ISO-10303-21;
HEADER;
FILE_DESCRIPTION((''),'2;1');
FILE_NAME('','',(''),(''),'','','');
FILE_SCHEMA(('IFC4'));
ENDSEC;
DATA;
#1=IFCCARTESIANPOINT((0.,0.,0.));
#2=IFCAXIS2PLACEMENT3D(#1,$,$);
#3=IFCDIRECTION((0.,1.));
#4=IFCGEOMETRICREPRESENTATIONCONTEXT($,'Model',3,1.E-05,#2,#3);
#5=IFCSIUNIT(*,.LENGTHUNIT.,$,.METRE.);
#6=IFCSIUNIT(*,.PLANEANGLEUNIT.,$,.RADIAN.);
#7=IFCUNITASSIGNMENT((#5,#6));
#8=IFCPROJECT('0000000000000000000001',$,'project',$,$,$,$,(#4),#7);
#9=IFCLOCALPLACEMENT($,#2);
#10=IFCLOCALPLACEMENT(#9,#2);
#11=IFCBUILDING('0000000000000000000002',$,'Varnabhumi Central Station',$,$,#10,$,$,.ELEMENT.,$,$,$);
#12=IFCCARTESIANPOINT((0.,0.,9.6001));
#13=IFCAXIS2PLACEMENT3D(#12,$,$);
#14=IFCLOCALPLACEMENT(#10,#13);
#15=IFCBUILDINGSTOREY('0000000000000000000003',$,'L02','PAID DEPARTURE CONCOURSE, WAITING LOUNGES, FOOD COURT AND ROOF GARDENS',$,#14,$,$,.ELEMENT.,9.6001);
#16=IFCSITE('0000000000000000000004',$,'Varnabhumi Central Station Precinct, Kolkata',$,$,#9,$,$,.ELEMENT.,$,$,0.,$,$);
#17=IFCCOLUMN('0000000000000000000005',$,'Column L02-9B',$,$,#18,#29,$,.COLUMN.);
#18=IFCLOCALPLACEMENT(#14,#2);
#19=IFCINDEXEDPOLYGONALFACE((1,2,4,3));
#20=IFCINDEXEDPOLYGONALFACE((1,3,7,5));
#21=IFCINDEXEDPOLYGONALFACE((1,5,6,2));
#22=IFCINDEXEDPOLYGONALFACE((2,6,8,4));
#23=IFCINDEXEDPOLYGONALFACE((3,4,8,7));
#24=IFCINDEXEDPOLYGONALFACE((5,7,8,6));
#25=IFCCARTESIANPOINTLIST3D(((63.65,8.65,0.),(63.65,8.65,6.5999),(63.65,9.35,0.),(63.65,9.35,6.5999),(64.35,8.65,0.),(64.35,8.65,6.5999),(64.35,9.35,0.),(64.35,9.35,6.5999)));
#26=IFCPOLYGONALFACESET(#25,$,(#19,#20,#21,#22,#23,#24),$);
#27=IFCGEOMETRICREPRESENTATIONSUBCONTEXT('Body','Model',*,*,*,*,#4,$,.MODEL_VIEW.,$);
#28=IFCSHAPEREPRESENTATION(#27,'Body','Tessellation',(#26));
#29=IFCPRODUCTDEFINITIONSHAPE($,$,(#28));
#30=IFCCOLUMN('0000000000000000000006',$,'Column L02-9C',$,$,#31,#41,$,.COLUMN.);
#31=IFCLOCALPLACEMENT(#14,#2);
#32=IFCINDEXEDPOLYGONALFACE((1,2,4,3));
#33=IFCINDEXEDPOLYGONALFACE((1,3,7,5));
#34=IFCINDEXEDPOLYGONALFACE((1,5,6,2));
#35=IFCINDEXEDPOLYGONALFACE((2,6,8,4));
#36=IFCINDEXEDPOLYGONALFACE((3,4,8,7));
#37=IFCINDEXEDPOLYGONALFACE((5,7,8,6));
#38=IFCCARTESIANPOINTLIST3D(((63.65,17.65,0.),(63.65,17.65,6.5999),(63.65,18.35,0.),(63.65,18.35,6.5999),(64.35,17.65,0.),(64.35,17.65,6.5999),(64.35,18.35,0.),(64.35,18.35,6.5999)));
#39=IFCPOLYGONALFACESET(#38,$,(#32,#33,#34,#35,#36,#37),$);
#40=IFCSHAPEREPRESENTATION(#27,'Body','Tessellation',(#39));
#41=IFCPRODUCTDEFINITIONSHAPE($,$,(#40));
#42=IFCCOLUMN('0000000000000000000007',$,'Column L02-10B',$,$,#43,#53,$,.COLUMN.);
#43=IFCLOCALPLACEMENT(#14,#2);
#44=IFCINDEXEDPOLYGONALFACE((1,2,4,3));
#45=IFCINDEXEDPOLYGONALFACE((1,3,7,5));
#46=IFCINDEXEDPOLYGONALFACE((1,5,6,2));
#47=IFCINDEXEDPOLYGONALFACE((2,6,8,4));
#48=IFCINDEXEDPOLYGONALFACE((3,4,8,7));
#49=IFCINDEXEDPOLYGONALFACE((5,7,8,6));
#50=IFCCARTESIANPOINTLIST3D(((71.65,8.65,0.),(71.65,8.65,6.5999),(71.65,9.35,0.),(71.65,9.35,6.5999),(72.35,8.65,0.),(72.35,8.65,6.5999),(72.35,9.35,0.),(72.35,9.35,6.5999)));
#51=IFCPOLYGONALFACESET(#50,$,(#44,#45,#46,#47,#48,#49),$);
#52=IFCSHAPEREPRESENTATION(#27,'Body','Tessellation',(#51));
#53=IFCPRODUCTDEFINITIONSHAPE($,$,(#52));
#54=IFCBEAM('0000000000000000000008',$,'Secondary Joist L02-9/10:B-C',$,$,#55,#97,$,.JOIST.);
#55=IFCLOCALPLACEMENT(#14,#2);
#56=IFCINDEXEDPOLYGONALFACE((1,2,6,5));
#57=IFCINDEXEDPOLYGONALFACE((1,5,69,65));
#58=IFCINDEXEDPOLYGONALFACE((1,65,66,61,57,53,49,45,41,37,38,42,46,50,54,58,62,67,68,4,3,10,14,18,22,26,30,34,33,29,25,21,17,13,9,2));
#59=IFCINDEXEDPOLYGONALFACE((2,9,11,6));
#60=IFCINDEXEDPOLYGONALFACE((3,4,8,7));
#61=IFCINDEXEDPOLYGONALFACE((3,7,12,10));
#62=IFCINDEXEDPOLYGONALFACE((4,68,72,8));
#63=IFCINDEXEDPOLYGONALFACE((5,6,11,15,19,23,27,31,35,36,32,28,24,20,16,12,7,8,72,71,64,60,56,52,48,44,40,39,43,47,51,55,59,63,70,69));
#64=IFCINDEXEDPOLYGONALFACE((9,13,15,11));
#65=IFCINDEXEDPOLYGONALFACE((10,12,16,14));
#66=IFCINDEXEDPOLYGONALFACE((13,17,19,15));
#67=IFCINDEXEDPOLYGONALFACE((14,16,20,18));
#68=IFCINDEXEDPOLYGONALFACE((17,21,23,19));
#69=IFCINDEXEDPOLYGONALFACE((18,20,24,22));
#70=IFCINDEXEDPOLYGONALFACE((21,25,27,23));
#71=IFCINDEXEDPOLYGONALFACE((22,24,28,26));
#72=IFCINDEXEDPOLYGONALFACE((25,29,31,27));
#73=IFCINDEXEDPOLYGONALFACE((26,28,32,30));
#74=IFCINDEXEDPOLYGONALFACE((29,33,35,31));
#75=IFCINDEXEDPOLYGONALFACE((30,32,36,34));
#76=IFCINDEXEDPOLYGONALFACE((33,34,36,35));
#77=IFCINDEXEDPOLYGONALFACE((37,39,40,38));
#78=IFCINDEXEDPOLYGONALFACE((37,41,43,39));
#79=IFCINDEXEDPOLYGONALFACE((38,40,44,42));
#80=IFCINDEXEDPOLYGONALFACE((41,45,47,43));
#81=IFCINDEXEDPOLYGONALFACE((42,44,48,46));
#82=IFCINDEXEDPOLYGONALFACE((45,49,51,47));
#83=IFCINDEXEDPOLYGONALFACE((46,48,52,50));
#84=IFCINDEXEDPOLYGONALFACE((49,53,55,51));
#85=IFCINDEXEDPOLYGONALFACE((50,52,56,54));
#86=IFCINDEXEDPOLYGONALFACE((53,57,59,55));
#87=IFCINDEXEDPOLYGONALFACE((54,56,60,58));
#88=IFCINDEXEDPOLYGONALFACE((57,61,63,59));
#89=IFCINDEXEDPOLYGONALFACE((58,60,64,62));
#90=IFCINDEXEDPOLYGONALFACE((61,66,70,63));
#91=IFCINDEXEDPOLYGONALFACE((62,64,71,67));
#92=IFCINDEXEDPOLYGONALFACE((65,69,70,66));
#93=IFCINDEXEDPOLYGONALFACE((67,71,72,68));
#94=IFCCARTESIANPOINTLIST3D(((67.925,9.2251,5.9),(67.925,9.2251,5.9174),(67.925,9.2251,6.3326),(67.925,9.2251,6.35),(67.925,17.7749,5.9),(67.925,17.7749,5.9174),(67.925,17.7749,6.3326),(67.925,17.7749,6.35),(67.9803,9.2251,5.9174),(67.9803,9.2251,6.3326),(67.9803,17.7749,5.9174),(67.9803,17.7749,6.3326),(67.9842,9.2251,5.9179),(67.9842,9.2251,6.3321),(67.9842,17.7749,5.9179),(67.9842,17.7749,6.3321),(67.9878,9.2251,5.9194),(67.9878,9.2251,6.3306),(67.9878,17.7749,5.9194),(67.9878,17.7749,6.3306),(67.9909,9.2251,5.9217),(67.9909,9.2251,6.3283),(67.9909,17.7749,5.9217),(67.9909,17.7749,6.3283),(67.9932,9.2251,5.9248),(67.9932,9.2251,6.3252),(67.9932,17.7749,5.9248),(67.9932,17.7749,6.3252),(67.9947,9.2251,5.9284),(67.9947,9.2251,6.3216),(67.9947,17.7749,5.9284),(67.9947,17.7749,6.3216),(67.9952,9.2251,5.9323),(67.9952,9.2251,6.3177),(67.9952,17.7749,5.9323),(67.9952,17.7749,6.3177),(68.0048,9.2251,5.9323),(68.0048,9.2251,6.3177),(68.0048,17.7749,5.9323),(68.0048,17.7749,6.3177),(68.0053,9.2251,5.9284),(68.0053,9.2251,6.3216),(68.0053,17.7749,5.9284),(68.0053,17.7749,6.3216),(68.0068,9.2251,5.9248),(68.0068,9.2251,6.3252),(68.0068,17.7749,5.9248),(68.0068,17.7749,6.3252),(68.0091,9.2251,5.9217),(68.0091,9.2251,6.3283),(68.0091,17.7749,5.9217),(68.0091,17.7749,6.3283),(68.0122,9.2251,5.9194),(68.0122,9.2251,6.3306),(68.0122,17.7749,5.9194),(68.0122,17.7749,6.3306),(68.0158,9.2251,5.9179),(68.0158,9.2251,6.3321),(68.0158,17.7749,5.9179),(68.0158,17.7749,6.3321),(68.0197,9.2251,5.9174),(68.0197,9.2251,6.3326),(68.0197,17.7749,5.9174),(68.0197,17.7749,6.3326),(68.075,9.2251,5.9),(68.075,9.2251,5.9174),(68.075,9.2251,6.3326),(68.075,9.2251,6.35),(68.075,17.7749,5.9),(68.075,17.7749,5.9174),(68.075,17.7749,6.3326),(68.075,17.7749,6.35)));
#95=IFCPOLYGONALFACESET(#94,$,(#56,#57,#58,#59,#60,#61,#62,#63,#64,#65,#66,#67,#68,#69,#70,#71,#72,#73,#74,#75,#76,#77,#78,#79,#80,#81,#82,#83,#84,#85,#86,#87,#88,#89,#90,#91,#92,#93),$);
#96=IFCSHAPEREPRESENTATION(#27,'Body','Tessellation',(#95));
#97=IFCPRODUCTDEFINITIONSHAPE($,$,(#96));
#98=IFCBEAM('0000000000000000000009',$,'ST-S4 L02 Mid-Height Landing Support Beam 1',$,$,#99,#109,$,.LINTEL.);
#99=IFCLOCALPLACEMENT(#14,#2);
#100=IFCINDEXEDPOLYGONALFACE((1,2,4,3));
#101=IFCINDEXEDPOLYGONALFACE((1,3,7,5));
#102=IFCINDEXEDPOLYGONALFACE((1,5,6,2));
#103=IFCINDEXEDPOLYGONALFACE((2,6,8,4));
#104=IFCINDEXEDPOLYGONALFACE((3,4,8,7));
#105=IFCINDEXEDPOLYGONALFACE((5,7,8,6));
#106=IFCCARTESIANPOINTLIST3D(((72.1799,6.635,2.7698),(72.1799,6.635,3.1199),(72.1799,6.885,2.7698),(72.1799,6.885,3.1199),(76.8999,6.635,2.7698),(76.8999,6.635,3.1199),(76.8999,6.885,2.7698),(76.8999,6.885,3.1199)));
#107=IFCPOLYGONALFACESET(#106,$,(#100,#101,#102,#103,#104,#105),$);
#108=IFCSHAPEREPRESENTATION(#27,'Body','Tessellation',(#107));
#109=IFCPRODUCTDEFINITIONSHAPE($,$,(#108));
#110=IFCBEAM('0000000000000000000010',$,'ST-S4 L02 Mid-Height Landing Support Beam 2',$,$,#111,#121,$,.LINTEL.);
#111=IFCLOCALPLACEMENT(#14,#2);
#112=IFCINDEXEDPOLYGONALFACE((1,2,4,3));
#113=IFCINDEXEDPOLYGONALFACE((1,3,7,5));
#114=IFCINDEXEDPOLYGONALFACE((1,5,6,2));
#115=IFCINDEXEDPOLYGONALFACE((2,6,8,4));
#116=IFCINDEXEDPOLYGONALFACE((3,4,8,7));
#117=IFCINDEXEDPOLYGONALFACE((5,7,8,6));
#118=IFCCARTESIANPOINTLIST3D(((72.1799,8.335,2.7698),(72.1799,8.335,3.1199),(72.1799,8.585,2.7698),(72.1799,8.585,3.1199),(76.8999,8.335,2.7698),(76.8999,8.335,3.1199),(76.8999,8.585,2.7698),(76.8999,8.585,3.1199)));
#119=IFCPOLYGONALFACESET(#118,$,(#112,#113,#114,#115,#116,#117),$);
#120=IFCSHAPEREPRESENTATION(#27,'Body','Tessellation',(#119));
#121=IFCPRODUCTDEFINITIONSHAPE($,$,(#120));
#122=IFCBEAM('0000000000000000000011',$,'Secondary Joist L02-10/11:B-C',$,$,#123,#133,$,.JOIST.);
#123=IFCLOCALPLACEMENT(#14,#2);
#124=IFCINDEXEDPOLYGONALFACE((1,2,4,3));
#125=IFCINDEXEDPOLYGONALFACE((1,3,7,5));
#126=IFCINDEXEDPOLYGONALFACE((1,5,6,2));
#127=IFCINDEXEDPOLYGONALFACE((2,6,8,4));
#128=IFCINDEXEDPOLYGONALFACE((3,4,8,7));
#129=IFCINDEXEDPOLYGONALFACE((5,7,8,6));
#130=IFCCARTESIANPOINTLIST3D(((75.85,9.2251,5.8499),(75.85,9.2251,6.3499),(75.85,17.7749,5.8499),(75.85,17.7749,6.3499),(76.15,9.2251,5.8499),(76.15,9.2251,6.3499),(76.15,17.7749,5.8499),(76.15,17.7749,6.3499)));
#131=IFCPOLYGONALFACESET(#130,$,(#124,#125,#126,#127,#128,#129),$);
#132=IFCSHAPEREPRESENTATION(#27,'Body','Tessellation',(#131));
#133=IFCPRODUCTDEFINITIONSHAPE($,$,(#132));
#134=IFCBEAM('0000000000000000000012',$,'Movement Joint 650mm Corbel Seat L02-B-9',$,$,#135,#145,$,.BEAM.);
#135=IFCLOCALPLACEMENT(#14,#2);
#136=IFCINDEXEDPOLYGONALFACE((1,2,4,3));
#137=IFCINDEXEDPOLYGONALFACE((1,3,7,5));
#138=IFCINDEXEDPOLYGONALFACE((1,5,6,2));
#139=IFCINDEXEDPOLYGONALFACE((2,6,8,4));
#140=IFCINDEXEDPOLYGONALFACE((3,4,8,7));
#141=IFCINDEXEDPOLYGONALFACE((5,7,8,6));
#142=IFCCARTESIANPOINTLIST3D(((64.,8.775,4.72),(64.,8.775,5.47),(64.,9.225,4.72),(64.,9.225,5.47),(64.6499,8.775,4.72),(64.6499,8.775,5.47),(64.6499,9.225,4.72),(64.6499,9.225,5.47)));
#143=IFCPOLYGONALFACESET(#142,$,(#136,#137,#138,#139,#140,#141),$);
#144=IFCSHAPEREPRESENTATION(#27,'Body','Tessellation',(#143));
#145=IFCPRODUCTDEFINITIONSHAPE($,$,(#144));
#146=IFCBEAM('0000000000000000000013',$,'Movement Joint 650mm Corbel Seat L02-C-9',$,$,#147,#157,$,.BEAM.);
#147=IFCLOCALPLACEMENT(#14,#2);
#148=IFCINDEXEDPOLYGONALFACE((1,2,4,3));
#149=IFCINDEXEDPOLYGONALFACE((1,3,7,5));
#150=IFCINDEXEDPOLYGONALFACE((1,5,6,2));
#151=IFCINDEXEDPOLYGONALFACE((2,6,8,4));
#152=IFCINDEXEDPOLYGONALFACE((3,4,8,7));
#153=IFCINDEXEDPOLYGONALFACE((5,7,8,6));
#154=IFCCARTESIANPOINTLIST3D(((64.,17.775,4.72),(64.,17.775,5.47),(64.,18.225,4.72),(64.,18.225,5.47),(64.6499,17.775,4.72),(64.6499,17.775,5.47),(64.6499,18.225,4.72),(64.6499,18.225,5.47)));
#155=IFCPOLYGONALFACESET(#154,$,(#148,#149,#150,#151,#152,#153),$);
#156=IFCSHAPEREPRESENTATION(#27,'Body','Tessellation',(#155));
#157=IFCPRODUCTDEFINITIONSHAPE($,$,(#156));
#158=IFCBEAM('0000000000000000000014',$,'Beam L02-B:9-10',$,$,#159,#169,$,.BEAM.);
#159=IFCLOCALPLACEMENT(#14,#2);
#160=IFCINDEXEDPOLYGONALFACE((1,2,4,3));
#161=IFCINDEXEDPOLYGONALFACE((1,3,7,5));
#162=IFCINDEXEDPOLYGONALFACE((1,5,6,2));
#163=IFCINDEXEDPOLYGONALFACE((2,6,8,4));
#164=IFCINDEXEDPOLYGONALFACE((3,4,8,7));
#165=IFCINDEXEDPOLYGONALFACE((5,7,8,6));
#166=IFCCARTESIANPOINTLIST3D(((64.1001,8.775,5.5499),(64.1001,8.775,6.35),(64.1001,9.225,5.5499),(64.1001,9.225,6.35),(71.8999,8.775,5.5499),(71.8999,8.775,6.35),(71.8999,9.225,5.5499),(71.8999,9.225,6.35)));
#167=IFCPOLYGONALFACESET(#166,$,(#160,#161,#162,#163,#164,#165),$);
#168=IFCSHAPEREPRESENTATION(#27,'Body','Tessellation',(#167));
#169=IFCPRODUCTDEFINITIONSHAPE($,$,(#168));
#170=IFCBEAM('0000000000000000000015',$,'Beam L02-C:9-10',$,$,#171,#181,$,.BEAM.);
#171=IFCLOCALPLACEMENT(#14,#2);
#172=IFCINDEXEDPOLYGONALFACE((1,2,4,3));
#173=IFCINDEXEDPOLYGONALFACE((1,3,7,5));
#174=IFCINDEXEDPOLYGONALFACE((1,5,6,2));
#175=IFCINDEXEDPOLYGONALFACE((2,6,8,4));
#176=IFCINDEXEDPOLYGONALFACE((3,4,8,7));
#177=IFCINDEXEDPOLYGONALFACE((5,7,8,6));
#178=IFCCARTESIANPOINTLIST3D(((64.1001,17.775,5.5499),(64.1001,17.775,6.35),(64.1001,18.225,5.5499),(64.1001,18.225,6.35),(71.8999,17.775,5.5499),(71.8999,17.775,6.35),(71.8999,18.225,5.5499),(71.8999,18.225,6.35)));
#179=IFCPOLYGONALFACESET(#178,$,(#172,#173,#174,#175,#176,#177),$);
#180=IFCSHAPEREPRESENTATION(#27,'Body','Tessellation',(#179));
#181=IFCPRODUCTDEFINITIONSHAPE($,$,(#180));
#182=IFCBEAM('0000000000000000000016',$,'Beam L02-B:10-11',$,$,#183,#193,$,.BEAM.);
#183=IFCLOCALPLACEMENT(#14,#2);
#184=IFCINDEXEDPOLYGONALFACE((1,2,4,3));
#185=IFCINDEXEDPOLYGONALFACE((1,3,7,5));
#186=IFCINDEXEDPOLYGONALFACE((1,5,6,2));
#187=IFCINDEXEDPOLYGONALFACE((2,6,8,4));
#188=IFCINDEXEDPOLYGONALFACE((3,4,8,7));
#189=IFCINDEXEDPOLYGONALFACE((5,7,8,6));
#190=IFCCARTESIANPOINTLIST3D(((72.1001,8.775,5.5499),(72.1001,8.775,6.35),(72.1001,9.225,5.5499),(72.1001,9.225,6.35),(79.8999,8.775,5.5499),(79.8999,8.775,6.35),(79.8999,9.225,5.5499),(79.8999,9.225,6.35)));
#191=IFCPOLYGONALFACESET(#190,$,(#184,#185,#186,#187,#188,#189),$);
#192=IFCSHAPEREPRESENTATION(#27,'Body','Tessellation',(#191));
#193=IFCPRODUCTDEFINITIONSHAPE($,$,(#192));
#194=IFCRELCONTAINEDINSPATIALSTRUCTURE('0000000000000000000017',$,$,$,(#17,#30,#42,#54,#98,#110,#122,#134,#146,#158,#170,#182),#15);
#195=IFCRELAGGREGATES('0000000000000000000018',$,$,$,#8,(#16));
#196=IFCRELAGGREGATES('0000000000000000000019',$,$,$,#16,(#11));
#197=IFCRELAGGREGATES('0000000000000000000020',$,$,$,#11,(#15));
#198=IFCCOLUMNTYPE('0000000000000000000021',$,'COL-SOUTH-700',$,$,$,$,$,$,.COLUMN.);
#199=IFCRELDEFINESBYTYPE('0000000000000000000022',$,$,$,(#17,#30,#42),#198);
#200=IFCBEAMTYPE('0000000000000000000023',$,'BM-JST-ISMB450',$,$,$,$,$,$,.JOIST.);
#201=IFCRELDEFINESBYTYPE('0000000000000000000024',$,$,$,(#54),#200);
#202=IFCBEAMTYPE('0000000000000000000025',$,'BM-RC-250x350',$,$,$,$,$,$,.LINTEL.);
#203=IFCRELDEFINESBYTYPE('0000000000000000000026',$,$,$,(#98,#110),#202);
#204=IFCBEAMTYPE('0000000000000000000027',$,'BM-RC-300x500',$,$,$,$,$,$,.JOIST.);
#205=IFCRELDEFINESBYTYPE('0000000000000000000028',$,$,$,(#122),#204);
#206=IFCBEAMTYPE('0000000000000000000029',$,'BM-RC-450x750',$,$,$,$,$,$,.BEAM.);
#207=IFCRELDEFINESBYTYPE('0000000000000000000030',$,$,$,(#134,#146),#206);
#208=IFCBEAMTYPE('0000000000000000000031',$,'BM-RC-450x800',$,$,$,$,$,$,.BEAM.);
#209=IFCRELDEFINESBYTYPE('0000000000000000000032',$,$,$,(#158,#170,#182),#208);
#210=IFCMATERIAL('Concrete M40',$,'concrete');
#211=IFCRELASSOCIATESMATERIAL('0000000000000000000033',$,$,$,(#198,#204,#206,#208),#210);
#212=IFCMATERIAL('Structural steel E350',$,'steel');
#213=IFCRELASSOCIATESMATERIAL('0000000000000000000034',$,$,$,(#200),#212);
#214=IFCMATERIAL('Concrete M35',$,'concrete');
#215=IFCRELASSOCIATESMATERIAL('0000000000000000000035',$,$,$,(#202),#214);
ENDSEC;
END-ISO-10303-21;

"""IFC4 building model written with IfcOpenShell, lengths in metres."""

from ifc_helpers import new_model, si_unit, direction, frame, origin, origin_2d, place, context, subcontext, project, spatial, rectangle, i_section, extrude, material, material_profile, profile_set, type_object, element, save


model = new_model("IFC4")

# Units and contexts
model_context = context("Model", 3, precision=1e-05, world=origin(), true_north=direction((0.0, 1.0)))
body_context = subcontext(model_context, "Body", "Model", "MODEL_VIEW")
ifc_project = project(units=[si_unit("LENGTHUNIT", "METRE"), si_unit("PLANEANGLEUNIT", "RADIAN")], contexts=[model_context])

# Site, building, storey
site_placement = place(None, origin())
site = spatial("IfcSite", under=ifc_project, at=site_placement, Name="Varnabhumi Central Station Precinct, Kolkata", CompositionType="ELEMENT", RefElevation=0.0)
building_placement = place(site_placement, origin())
building = spatial("IfcBuilding", under=site, at=building_placement, Name="Varnabhumi Central Station", CompositionType="ELEMENT")
storey_placement = place(building_placement, frame((0.0, 0.0, 9.6001)))
storey = spatial("IfcBuildingStorey", under=building, at=storey_placement, Name="L02", Description="PAID DEPARTURE CONCOURSE, WAITING LOUNGES, FOOD COURT AND ROOF GARDENS", CompositionType="ELEMENT", Elevation=9.6001)

# Columns
ifc_material_1 = material(Name="Concrete M40", Category="concrete")
ifc_material_profile_1 = material_profile(ifc_material_1, rectangle(XDim=0.7, YDim=0.7, at=origin_2d()), Name="Concrete M40", Category="concrete")
ifc_profile_set_1 = profile_set([ifc_material_profile_1], Name="Concrete M40")
column_type = type_object("IfcColumnType", Name="COL-SOUTH-700", PredefinedType="COLUMN", material=ifc_profile_set_1)
for number, where, z_axis, x_axis, name in (
    (1, (64.0, 9.0, 0.0), (0.0, 0.0, 1.0), (1.0, 0.0, 0.0), "Column L02-9B"),
    (2, (64.0, 18.0, 0.0), (0.0, 0.0, 1.0), (1.0, 0.0, 0.0), "Column L02-9C"),
    (3, (72.0, 9.0, 0.0), (0.0, 0.0, 1.0), (1.0, 0.0, 0.0), "Column L02-10B"),
):
    element("IfcColumn", number, at=place(storey_placement, frame(where, z_axis=z_axis, x_axis=x_axis)), inside=storey, type_object=column_type, Name=name, PredefinedType="COLUMN", context=body_context, shape_type="SweptSolid", body=[
        extrude(rectangle(XDim=0.7, YDim=0.7, at=origin_2d()), origin(), (0.0, 0.0, 1.0), 6.5999),
    ])

# Beams
ifc_material_2 = material(Name="Structural steel E350", Category="steel")
ifc_material_profile_2 = material_profile(ifc_material_2, i_section(OverallWidth=0.1499, OverallDepth=0.45, WebThickness=0.0095, FlangeThickness=0.0173, FilletRadius=0.0149, at=origin_2d()), Name="Structural steel E350", Category="steel")
ifc_profile_set_2 = profile_set([ifc_material_profile_2], Name="Structural steel E350")
beam_type_1 = type_object("IfcBeamType", Name="BM-JST-ISMB450", PredefinedType="JOIST", material=ifc_profile_set_2)
beam_1_placement = place(storey_placement, frame((68.0, 9.2251, 6.125), z_axis=(0.0, 1.0, 0.0), x_axis=(-1.0, 0.0, 0.0)))
element("IfcBeam", 4, at=beam_1_placement, inside=storey, type_object=beam_type_1, Name="Secondary Joist L02-9/10:B-C", PredefinedType="JOIST", context=body_context, shape_type="SweptSolid", body=[
    extrude(i_section(OverallWidth=0.1499, OverallDepth=0.45, WebThickness=0.0095, FlangeThickness=0.0173, FilletRadius=0.0149, at=origin_2d()), origin(), (0.0, 0.0, 1.0), 8.5498),
])
ifc_material_3 = material(Name="Concrete M35", Category="concrete")
ifc_material_profile_3 = material_profile(ifc_material_3, rectangle(XDim=0.25, YDim=0.3501, at=origin_2d()), Name="Concrete M35", Category="concrete")
ifc_profile_set_3 = profile_set([ifc_material_profile_3], Name="Concrete M35")
beam_type_2 = type_object("IfcBeamType", Name="BM-RC-250x350", PredefinedType="LINTEL", material=ifc_profile_set_3)
for number, where, z_axis, x_axis, name in (
    (5, (72.1799, 6.76, 2.9448), (1.0, 0.0, 0.0), (0.0, 1.0, 0.0), "ST-S4 L02 Mid-Height Landing Support Beam 1"),
    (6, (72.1799, 8.46, 2.9448), (1.0, 0.0, 0.0), (0.0, 1.0, 0.0), "ST-S4 L02 Mid-Height Landing Support Beam 2"),
):
    element("IfcBeam", number, at=place(storey_placement, frame(where, z_axis=z_axis, x_axis=x_axis)), inside=storey, type_object=beam_type_2, Name=name, PredefinedType="LINTEL", context=body_context, shape_type="SweptSolid", body=[
        extrude(rectangle(XDim=0.25, YDim=0.3501, at=origin_2d()), origin(), (0.0, 0.0, 1.0), 4.72),
    ])
ifc_material_profile_4 = material_profile(ifc_material_1, rectangle(XDim=0.3, YDim=0.5, at=origin_2d()), Name="Concrete M40", Category="concrete")
ifc_profile_set_4 = profile_set([ifc_material_profile_4], Name="Concrete M40")
beam_type_3 = type_object("IfcBeamType", Name="BM-RC-300x500", PredefinedType="JOIST", material=ifc_profile_set_4)
beam_2_placement = place(storey_placement, frame((76.0, 9.2251, 6.0999), z_axis=(0.0, 1.0, 0.0), x_axis=(-1.0, 0.0, 0.0)))
element("IfcBeam", 7, at=beam_2_placement, inside=storey, type_object=beam_type_3, Name="Secondary Joist L02-10/11:B-C", PredefinedType="JOIST", context=body_context, shape_type="SweptSolid", body=[
    extrude(rectangle(XDim=0.3, YDim=0.5, at=origin_2d()), origin(), (0.0, 0.0, 1.0), 8.5498),
])
ifc_material_profile_5 = material_profile(ifc_material_1, rectangle(XDim=0.45, YDim=0.75, at=origin_2d()), Name="Concrete M40", Category="concrete")
ifc_profile_set_5 = profile_set([ifc_material_profile_5], Name="Concrete M40")
beam_type_4 = type_object("IfcBeamType", Name="BM-RC-450x750", PredefinedType="BEAM", material=ifc_profile_set_5)
for number, where, z_axis, x_axis, name in (
    (8, (64.0, 9.0, 5.095), (1.0, 0.0, 0.0), (0.0, 1.0, 0.0), "Movement Joint 650mm Corbel Seat L02-B-9"),
    (9, (64.0, 18.0, 5.095), (1.0, 0.0, 0.0), (0.0, 1.0, 0.0), "Movement Joint 650mm Corbel Seat L02-C-9"),
):
    element("IfcBeam", number, at=place(storey_placement, frame(where, z_axis=z_axis, x_axis=x_axis)), inside=storey, type_object=beam_type_4, Name=name, PredefinedType="BEAM", context=body_context, shape_type="SweptSolid", body=[
        extrude(rectangle(XDim=0.45, YDim=0.75, at=origin_2d()), origin(), (0.0, 0.0, 1.0), 0.6499),
    ])
ifc_material_profile_6 = material_profile(ifc_material_1, rectangle(XDim=0.45, YDim=0.8, at=origin_2d()), Name="Concrete M40", Category="concrete")
ifc_profile_set_6 = profile_set([ifc_material_profile_6], Name="Concrete M40")
beam_type_5 = type_object("IfcBeamType", Name="BM-RC-450x800", PredefinedType="BEAM", material=ifc_profile_set_6)
for number, where, z_axis, x_axis, name in (
    (10, (64.1001, 9.0, 5.95), (1.0, 0.0, 0.0), (0.0, 1.0, 0.0), "Beam L02-B:9-10"),
    (11, (64.1001, 18.0, 5.95), (1.0, 0.0, 0.0), (0.0, 1.0, 0.0), "Beam L02-C:9-10"),
    (12, (72.1001, 9.0, 5.95), (1.0, 0.0, 0.0), (0.0, 1.0, 0.0), "Beam L02-B:10-11"),
):
    element("IfcBeam", number, at=place(storey_placement, frame(where, z_axis=z_axis, x_axis=x_axis)), inside=storey, type_object=beam_type_5, Name=name, PredefinedType="BEAM", context=body_context, shape_type="SweptSolid", body=[
        extrude(rectangle(XDim=0.45, YDim=0.8, at=origin_2d()), origin(), (0.0, 0.0, 1.0), 7.7998),
    ])

save(model, "model.ifc")
